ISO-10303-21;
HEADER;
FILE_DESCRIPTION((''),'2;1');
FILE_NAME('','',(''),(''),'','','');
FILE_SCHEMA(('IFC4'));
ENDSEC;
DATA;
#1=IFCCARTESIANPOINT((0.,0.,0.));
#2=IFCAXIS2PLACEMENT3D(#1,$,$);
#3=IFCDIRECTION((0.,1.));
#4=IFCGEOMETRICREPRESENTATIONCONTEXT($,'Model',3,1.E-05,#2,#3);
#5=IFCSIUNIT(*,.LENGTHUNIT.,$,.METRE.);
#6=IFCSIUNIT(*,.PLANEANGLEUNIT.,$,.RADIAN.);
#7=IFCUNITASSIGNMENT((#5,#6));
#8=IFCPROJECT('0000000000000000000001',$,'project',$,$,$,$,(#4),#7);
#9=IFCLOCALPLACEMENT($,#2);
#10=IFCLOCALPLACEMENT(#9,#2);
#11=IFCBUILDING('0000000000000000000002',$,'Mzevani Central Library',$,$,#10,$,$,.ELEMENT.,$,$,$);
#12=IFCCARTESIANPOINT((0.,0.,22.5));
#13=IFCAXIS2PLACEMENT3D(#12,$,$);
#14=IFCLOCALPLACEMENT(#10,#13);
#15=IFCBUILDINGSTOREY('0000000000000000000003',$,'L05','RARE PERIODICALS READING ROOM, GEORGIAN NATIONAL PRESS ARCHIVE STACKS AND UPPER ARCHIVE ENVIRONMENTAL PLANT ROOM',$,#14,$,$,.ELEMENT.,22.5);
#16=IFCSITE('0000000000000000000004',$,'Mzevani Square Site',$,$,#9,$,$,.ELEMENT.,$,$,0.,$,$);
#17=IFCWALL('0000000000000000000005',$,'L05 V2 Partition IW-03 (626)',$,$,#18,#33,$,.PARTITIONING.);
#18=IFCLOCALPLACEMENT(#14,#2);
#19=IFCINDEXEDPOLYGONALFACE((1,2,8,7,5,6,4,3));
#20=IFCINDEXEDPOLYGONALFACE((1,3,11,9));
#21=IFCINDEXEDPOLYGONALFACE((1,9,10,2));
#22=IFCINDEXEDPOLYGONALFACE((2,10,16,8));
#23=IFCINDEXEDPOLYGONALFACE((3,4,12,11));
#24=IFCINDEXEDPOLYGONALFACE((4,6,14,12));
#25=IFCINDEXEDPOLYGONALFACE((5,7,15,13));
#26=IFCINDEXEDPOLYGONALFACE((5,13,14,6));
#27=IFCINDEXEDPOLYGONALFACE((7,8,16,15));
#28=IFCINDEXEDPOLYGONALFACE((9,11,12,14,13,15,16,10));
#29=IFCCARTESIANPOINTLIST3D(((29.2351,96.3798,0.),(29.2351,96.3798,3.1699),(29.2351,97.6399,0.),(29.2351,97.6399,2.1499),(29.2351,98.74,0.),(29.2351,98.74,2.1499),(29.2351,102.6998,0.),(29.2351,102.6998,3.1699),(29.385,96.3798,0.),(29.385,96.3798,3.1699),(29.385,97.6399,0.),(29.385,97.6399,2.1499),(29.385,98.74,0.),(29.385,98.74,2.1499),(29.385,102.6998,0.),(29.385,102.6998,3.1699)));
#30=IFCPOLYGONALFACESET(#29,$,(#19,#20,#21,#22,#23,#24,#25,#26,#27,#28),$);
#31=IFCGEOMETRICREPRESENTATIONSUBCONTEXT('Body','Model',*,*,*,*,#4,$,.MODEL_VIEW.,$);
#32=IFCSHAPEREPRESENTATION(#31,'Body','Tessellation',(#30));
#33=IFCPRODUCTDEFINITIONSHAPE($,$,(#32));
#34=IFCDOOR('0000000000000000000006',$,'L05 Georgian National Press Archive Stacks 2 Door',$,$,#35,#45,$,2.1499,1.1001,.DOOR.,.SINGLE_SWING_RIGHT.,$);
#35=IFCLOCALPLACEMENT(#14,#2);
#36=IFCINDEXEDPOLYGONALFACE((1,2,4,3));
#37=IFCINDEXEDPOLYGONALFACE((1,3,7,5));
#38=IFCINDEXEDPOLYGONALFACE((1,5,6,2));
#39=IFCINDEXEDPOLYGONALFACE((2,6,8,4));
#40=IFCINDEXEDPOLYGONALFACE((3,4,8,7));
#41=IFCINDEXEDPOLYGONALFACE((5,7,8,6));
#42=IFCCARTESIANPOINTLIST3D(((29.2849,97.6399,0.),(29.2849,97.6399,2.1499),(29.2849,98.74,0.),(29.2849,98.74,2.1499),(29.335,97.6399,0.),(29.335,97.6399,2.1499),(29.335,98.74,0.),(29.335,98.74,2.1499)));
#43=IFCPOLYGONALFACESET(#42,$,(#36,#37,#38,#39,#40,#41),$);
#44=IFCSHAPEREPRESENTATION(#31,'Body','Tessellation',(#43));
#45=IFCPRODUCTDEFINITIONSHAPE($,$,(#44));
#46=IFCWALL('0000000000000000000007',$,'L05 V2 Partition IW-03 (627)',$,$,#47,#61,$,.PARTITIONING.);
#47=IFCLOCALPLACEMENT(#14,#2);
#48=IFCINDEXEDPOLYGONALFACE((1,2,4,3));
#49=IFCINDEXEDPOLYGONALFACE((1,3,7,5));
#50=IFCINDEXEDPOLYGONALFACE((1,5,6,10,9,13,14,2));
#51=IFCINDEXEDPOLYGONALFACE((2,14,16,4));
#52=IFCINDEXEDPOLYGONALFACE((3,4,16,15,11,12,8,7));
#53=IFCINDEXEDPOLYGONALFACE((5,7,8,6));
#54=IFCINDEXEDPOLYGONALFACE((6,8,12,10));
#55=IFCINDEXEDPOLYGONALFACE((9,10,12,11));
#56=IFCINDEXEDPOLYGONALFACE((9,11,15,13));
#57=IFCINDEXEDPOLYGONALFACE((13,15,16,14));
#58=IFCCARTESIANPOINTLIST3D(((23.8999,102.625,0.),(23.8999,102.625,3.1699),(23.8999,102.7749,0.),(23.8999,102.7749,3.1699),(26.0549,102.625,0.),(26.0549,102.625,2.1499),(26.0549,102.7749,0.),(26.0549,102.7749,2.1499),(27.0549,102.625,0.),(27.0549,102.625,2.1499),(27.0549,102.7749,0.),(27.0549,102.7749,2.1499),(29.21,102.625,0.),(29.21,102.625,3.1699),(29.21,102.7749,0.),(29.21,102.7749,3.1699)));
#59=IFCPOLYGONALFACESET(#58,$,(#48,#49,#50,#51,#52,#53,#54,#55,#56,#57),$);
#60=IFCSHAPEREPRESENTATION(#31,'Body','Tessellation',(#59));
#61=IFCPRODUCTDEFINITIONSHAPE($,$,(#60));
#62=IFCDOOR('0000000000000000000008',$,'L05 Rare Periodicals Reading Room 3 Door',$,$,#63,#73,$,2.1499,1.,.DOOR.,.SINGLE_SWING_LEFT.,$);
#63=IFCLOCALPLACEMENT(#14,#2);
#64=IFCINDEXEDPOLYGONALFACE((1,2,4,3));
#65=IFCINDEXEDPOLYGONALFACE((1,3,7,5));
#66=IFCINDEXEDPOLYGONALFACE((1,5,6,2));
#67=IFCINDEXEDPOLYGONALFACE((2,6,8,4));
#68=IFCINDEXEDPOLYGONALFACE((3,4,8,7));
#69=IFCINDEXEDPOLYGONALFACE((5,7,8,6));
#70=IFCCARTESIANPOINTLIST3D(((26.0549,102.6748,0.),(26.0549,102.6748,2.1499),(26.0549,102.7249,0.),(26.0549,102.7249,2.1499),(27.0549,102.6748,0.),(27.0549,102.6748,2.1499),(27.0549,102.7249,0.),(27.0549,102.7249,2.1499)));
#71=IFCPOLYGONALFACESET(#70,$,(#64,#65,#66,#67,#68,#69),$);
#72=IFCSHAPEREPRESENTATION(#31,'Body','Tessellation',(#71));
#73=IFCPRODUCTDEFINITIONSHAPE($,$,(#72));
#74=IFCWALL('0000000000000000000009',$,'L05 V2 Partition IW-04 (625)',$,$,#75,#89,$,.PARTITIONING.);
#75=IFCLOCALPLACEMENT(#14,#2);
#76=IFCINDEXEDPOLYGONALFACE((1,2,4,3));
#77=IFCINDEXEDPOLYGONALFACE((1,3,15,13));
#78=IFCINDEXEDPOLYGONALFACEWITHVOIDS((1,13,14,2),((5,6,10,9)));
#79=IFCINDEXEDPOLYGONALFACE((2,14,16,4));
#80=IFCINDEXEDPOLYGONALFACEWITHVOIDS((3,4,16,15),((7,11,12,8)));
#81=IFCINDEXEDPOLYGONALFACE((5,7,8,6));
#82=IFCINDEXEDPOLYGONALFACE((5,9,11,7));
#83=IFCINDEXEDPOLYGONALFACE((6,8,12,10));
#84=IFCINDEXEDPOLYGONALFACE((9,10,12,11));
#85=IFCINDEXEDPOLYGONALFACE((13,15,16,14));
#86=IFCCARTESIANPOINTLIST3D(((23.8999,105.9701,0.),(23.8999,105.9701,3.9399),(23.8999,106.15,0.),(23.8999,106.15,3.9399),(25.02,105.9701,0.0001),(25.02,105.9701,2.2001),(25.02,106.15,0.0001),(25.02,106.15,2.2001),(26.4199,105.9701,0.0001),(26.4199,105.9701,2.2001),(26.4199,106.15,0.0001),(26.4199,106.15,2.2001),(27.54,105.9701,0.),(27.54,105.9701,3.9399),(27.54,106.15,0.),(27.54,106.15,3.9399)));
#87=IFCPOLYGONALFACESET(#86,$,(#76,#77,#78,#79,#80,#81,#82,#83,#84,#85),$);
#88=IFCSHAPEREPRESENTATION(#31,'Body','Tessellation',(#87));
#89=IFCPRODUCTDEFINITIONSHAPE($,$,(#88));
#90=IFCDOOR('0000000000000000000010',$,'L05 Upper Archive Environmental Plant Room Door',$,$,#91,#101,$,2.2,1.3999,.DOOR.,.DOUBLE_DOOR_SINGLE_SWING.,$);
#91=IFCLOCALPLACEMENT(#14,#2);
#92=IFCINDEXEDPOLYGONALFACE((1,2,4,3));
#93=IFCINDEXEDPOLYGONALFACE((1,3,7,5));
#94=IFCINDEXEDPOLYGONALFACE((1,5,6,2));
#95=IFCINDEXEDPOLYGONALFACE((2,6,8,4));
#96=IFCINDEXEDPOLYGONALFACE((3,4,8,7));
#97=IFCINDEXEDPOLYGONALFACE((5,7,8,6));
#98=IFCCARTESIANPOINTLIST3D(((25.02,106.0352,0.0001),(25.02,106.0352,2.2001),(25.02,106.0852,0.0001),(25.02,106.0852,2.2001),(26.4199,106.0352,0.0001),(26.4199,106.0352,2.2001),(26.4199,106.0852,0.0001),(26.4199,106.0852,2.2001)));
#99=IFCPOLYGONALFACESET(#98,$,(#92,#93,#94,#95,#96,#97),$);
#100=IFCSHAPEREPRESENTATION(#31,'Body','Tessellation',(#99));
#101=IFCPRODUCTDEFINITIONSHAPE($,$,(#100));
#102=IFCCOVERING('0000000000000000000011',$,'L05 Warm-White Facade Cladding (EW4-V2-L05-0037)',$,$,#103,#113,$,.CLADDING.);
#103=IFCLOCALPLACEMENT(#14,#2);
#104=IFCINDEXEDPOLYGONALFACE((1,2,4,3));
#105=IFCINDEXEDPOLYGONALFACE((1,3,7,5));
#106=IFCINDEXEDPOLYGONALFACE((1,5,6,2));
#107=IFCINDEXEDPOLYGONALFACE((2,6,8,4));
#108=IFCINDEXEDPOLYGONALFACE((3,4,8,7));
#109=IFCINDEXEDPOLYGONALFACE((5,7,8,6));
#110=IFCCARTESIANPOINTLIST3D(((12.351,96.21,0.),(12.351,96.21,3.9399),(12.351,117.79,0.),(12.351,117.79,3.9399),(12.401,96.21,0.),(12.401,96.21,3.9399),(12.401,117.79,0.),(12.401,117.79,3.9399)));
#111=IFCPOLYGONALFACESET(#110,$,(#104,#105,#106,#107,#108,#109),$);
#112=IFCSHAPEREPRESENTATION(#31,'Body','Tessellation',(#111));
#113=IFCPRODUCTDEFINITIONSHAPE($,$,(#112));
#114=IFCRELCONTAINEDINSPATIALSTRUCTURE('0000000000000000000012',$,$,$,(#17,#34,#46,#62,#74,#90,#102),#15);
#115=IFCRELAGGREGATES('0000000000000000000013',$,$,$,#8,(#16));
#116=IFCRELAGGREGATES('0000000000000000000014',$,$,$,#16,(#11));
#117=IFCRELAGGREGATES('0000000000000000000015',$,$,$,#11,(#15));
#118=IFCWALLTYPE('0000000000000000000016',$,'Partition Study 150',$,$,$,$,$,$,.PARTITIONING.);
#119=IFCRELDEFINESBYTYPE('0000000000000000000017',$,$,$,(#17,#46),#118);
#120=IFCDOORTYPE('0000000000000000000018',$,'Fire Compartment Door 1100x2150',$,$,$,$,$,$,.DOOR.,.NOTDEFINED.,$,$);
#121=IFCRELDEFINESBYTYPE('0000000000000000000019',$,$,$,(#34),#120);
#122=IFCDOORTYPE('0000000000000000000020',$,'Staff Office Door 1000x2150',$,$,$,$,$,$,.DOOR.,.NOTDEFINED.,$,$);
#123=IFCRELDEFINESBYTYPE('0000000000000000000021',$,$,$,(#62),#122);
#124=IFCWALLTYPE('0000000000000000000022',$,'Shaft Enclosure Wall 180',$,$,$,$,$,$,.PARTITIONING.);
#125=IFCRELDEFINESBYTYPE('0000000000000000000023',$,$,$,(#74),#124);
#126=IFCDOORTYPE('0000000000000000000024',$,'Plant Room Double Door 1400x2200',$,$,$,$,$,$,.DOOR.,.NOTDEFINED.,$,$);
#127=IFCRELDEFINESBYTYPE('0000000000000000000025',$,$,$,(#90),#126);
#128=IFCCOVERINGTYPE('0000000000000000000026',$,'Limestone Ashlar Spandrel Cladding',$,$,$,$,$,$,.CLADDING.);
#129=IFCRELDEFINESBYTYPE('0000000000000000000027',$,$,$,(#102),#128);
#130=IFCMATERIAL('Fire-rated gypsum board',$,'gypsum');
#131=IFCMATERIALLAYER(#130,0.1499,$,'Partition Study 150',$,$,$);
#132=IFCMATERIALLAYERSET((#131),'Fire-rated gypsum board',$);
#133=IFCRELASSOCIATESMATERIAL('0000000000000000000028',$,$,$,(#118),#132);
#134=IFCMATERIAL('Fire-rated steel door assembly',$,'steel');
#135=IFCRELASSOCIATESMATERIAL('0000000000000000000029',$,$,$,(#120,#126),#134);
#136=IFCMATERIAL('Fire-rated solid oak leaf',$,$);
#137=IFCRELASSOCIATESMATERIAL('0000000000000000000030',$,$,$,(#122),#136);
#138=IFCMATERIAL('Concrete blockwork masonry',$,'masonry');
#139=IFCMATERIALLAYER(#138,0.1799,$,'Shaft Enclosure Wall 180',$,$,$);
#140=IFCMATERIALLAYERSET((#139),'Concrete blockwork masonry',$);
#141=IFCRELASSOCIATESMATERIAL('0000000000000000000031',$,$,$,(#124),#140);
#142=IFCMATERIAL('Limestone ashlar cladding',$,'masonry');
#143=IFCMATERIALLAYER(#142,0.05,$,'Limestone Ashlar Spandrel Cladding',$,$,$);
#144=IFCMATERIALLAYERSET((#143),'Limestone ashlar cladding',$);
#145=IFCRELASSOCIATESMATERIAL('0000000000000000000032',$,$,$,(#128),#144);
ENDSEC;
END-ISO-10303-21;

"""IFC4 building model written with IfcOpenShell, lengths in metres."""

from ifc_helpers import new_model, si_unit, direction, frame, frame_2d, origin, origin_2d, place, context, subcontext, project, spatial, rectangle, extrude, material, layer, layer_set, type_object, element, fill, save


model = new_model("IFC4")

# Units and contexts
model_context = context("Model", 3, precision=1e-05, world=origin(), true_north=direction((0.0, 1.0)))
body_context = subcontext(model_context, "Body", "Model", "MODEL_VIEW")
ifc_project = project(units=[si_unit("LENGTHUNIT", "METRE"), si_unit("PLANEANGLEUNIT", "RADIAN")], contexts=[model_context])

# Site, building, storey
site_placement = place(None, origin())
site = spatial("IfcSite", under=ifc_project, at=site_placement, Name="Mzevani Square Site", CompositionType="ELEMENT", RefElevation=0.0)
building_placement = place(site_placement, origin())
building = spatial("IfcBuilding", under=site, at=building_placement, Name="Mzevani Central Library", CompositionType="ELEMENT")
storey_placement = place(building_placement, frame((0.0, 0.0, 22.5)))
storey = spatial("IfcBuildingStorey", under=building, at=storey_placement, Name="L05", Description="RARE PERIODICALS READING ROOM, GEORGIAN NATIONAL PRESS ARCHIVE STACKS AND UPPER ARCHIVE ENVIRONMENTAL PLANT ROOM", CompositionType="ELEMENT", Elevation=22.5)

# Shared definitions
ifc_material_1 = material(Name="Fire-rated steel door assembly", Category="steel")

# Shared definitions
ifc_material_2 = material(Name="Fire-rated gypsum board", Category="gypsum")

# Shared definitions
ifc_material_3 = material(Name="Fire-rated solid oak leaf")

# Shared definitions
ifc_layer_1 = layer(ifc_material_2, 0.1499, Name="Partition Study 150")
ifc_layer_set_1 = layer_set([ifc_layer_1], Name="Fire-rated gypsum board")
wall_type_1 = type_object("IfcWallType", Name="Partition Study 150", PredefinedType="PARTITIONING", material=ifc_layer_set_1)

# Walls, openings, doors
wall_1_placement = place(storey_placement, frame((29.3101, 102.7, 0.0), z_axis=(0.0, 0.0, 1.0), x_axis=(0.0, -1.0, 0.0)))
wall_1 = element("IfcWall", 1, at=wall_1_placement, inside=storey, type_object=wall_type_1, Name="L05 V2 Partition IW-03 (626)", PredefinedType="PARTITIONING", context=body_context, shape_type="SweptSolid", body=[
    extrude(rectangle(XDim=6.3201, YDim=0.1499, at=frame_2d((3.1602, 0.0))), origin(), (0.0, 0.0, 1.0), 3.1699),
])
opening_1_placement = place(wall_1_placement, frame((3.96, 0.0, 0.0)))
opening_1 = element("IfcOpeningElement", 2, at=opening_1_placement, cuts=wall_1, PredefinedType="OPENING", context=body_context, shape_type="SweptSolid", body=[
    extrude(rectangle(XDim=1.1001, YDim=2.1499, at=frame_2d((0.55, 1.075))), frame((0.0, 0.085, 0.0), z_axis=(0.0, -1.0, 0.0), x_axis=(1.0, 0.0, 0.0)), (0.0, 0.0, 1.0), 0.1699),
])
door_type_1 = type_object("IfcDoorType", Name="Fire Compartment Door 1100x2150", OperationType="NOTDEFINED", PredefinedType="DOOR", material=ifc_material_1)
door_1_placement = place(opening_1_placement, origin())
door_1 = element("IfcDoor", 3, at=door_1_placement, inside=storey, type_object=door_type_1, Name="L05 Georgian National Press Archive Stacks 2 Door", OperationType="SINGLE_SWING_RIGHT", OverallHeight=2.1499, OverallWidth=1.1001, PredefinedType="DOOR", context=body_context, shape_type="SweptSolid", body=[
    extrude(rectangle(XDim=1.1001, YDim=2.1499, at=frame_2d((0.55, 1.075))), frame((0.0, 0.0249, 0.0), z_axis=(0.0, -1.0, 0.0), x_axis=(1.0, 0.0, 0.0)), (0.0, 0.0, 1.0), 0.05),
])
fill(opening_1, door_1)
wall_2_placement = place(storey_placement, frame((23.8999, 102.7, 0.0), z_axis=(0.0, 0.0, 1.0), x_axis=(1.0, 0.0, 0.0)))
wall_2 = element("IfcWall", 4, at=wall_2_placement, inside=storey, type_object=wall_type_1, Name="L05 V2 Partition IW-03 (627)", PredefinedType="PARTITIONING", context=body_context, shape_type="SweptSolid", body=[
    extrude(rectangle(XDim=5.3101, YDim=0.1499, at=frame_2d((2.655, 0.0))), origin(), (0.0, 0.0, 1.0), 3.1699),
])
opening_2_placement = place(wall_2_placement, frame((2.155, 0.0, 0.0)))
opening_2 = element("IfcOpeningElement", 5, at=opening_2_placement, cuts=wall_2, PredefinedType="OPENING", context=body_context, shape_type="SweptSolid", body=[
    extrude(rectangle(XDim=1.0, YDim=2.1499, at=frame_2d((0.5, 1.075))), frame((0.0, 0.085, 0.0), z_axis=(0.0, -1.0, 0.0), x_axis=(1.0, 0.0, 0.0)), (0.0, 0.0, 1.0), 0.1699),
])
door_type_2 = type_object("IfcDoorType", Name="Staff Office Door 1000x2150", OperationType="NOTDEFINED", PredefinedType="DOOR", material=ifc_material_3)
door_2_placement = place(opening_2_placement, origin())
door_2 = element("IfcDoor", 6, at=door_2_placement, inside=storey, type_object=door_type_2, Name="L05 Rare Periodicals Reading Room 3 Door", OperationType="SINGLE_SWING_LEFT", OverallHeight=2.1499, OverallWidth=1.0, PredefinedType="DOOR", context=body_context, shape_type="SweptSolid", body=[
    extrude(rectangle(XDim=1.0, YDim=2.1499, at=frame_2d((0.5, 1.075))), frame((0.0, 0.0249, 0.0), z_axis=(0.0, -1.0, 0.0), x_axis=(1.0, 0.0, 0.0)), (0.0, 0.0, 1.0), 0.05),
])
fill(opening_2, door_2)
ifc_material_4 = material(Name="Concrete blockwork masonry", Category="masonry")
ifc_layer_2 = layer(ifc_material_4, 0.1799, Name="Shaft Enclosure Wall 180")
ifc_layer_set_2 = layer_set([ifc_layer_2], Name="Concrete blockwork masonry")
wall_type_2 = type_object("IfcWallType", Name="Shaft Enclosure Wall 180", PredefinedType="PARTITIONING", material=ifc_layer_set_2)
wall_3_placement = place(storey_placement, frame((27.54, 106.0601, 0.0), z_axis=(0.0, 0.0, 1.0), x_axis=(-1.0, 0.0, 0.0)))
wall_3 = element("IfcWall", 7, at=wall_3_placement, inside=storey, type_object=wall_type_2, Name="L05 V2 Partition IW-04 (625)", PredefinedType="PARTITIONING", context=body_context, shape_type="SweptSolid", body=[
    extrude(rectangle(XDim=3.6401, YDim=0.1799, at=frame_2d((1.8201, 0.0))), origin(), (0.0, 0.0, 1.0), 3.9399),
])
opening_3_placement = place(wall_3_placement, frame((1.1201, 0.0, 0.0)))
opening_3 = element("IfcOpeningElement", 8, at=opening_3_placement, cuts=wall_3, PredefinedType="OPENING", context=body_context, shape_type="SweptSolid", body=[
    extrude(rectangle(XDim=1.3999, YDim=2.2, at=frame_2d((0.7, 1.1001))), frame((0.0, 0.1001, 0.0), z_axis=(0.0, -1.0, 0.0), x_axis=(1.0, 0.0, 0.0)), (0.0, 0.0, 1.0), 0.2),
])
door_type_3 = type_object("IfcDoorType", Name="Plant Room Double Door 1400x2200", OperationType="NOTDEFINED", PredefinedType="DOOR", material=ifc_material_1)
door_3_placement = place(opening_3_placement, origin())
door_3 = element("IfcDoor", 9, at=door_3_placement, inside=storey, type_object=door_type_3, Name="L05 Upper Archive Environmental Plant Room Door", OperationType="DOUBLE_DOOR_SINGLE_SWING", OverallHeight=2.2, OverallWidth=1.3999, PredefinedType="DOOR", context=body_context, shape_type="SweptSolid", body=[
    extrude(rectangle(XDim=1.3999, YDim=2.2, at=frame_2d((0.7, 1.1001))), frame((0.0, 0.0249, 0.0), z_axis=(0.0, -1.0, 0.0), x_axis=(1.0, 0.0, 0.0)), (0.0, 0.0, 1.0), 0.05),
])
fill(opening_3, door_3)

# Covering
ifc_material_5 = material(Name="Limestone ashlar cladding", Category="masonry")
ifc_layer_3 = layer(ifc_material_5, 0.05, Name="Limestone Ashlar Spandrel Cladding")
ifc_layer_set_3 = layer_set([ifc_layer_3], Name="Limestone ashlar cladding")
covering_type = type_object("IfcCoveringType", Name="Limestone Ashlar Spandrel Cladding", PredefinedType="CLADDING", material=ifc_layer_set_3)
covering_placement = place(storey_placement, frame((12.376, 107.0, 0.0), z_axis=(0.0, 0.0, 1.0), x_axis=(0.0, 1.0, 0.0)))
element("IfcCovering", 10, at=covering_placement, inside=storey, type_object=covering_type, Name="L05 Warm-White Facade Cladding (EW4-V2-L05-0037)", PredefinedType="CLADDING", context=body_context, shape_type="SweptSolid", body=[
    extrude(rectangle(XDim=21.5801, YDim=0.05, at=origin_2d()), origin(), (0.0, 0.0, 1.0), 3.9399),
])

save(model, "model.ifc")
